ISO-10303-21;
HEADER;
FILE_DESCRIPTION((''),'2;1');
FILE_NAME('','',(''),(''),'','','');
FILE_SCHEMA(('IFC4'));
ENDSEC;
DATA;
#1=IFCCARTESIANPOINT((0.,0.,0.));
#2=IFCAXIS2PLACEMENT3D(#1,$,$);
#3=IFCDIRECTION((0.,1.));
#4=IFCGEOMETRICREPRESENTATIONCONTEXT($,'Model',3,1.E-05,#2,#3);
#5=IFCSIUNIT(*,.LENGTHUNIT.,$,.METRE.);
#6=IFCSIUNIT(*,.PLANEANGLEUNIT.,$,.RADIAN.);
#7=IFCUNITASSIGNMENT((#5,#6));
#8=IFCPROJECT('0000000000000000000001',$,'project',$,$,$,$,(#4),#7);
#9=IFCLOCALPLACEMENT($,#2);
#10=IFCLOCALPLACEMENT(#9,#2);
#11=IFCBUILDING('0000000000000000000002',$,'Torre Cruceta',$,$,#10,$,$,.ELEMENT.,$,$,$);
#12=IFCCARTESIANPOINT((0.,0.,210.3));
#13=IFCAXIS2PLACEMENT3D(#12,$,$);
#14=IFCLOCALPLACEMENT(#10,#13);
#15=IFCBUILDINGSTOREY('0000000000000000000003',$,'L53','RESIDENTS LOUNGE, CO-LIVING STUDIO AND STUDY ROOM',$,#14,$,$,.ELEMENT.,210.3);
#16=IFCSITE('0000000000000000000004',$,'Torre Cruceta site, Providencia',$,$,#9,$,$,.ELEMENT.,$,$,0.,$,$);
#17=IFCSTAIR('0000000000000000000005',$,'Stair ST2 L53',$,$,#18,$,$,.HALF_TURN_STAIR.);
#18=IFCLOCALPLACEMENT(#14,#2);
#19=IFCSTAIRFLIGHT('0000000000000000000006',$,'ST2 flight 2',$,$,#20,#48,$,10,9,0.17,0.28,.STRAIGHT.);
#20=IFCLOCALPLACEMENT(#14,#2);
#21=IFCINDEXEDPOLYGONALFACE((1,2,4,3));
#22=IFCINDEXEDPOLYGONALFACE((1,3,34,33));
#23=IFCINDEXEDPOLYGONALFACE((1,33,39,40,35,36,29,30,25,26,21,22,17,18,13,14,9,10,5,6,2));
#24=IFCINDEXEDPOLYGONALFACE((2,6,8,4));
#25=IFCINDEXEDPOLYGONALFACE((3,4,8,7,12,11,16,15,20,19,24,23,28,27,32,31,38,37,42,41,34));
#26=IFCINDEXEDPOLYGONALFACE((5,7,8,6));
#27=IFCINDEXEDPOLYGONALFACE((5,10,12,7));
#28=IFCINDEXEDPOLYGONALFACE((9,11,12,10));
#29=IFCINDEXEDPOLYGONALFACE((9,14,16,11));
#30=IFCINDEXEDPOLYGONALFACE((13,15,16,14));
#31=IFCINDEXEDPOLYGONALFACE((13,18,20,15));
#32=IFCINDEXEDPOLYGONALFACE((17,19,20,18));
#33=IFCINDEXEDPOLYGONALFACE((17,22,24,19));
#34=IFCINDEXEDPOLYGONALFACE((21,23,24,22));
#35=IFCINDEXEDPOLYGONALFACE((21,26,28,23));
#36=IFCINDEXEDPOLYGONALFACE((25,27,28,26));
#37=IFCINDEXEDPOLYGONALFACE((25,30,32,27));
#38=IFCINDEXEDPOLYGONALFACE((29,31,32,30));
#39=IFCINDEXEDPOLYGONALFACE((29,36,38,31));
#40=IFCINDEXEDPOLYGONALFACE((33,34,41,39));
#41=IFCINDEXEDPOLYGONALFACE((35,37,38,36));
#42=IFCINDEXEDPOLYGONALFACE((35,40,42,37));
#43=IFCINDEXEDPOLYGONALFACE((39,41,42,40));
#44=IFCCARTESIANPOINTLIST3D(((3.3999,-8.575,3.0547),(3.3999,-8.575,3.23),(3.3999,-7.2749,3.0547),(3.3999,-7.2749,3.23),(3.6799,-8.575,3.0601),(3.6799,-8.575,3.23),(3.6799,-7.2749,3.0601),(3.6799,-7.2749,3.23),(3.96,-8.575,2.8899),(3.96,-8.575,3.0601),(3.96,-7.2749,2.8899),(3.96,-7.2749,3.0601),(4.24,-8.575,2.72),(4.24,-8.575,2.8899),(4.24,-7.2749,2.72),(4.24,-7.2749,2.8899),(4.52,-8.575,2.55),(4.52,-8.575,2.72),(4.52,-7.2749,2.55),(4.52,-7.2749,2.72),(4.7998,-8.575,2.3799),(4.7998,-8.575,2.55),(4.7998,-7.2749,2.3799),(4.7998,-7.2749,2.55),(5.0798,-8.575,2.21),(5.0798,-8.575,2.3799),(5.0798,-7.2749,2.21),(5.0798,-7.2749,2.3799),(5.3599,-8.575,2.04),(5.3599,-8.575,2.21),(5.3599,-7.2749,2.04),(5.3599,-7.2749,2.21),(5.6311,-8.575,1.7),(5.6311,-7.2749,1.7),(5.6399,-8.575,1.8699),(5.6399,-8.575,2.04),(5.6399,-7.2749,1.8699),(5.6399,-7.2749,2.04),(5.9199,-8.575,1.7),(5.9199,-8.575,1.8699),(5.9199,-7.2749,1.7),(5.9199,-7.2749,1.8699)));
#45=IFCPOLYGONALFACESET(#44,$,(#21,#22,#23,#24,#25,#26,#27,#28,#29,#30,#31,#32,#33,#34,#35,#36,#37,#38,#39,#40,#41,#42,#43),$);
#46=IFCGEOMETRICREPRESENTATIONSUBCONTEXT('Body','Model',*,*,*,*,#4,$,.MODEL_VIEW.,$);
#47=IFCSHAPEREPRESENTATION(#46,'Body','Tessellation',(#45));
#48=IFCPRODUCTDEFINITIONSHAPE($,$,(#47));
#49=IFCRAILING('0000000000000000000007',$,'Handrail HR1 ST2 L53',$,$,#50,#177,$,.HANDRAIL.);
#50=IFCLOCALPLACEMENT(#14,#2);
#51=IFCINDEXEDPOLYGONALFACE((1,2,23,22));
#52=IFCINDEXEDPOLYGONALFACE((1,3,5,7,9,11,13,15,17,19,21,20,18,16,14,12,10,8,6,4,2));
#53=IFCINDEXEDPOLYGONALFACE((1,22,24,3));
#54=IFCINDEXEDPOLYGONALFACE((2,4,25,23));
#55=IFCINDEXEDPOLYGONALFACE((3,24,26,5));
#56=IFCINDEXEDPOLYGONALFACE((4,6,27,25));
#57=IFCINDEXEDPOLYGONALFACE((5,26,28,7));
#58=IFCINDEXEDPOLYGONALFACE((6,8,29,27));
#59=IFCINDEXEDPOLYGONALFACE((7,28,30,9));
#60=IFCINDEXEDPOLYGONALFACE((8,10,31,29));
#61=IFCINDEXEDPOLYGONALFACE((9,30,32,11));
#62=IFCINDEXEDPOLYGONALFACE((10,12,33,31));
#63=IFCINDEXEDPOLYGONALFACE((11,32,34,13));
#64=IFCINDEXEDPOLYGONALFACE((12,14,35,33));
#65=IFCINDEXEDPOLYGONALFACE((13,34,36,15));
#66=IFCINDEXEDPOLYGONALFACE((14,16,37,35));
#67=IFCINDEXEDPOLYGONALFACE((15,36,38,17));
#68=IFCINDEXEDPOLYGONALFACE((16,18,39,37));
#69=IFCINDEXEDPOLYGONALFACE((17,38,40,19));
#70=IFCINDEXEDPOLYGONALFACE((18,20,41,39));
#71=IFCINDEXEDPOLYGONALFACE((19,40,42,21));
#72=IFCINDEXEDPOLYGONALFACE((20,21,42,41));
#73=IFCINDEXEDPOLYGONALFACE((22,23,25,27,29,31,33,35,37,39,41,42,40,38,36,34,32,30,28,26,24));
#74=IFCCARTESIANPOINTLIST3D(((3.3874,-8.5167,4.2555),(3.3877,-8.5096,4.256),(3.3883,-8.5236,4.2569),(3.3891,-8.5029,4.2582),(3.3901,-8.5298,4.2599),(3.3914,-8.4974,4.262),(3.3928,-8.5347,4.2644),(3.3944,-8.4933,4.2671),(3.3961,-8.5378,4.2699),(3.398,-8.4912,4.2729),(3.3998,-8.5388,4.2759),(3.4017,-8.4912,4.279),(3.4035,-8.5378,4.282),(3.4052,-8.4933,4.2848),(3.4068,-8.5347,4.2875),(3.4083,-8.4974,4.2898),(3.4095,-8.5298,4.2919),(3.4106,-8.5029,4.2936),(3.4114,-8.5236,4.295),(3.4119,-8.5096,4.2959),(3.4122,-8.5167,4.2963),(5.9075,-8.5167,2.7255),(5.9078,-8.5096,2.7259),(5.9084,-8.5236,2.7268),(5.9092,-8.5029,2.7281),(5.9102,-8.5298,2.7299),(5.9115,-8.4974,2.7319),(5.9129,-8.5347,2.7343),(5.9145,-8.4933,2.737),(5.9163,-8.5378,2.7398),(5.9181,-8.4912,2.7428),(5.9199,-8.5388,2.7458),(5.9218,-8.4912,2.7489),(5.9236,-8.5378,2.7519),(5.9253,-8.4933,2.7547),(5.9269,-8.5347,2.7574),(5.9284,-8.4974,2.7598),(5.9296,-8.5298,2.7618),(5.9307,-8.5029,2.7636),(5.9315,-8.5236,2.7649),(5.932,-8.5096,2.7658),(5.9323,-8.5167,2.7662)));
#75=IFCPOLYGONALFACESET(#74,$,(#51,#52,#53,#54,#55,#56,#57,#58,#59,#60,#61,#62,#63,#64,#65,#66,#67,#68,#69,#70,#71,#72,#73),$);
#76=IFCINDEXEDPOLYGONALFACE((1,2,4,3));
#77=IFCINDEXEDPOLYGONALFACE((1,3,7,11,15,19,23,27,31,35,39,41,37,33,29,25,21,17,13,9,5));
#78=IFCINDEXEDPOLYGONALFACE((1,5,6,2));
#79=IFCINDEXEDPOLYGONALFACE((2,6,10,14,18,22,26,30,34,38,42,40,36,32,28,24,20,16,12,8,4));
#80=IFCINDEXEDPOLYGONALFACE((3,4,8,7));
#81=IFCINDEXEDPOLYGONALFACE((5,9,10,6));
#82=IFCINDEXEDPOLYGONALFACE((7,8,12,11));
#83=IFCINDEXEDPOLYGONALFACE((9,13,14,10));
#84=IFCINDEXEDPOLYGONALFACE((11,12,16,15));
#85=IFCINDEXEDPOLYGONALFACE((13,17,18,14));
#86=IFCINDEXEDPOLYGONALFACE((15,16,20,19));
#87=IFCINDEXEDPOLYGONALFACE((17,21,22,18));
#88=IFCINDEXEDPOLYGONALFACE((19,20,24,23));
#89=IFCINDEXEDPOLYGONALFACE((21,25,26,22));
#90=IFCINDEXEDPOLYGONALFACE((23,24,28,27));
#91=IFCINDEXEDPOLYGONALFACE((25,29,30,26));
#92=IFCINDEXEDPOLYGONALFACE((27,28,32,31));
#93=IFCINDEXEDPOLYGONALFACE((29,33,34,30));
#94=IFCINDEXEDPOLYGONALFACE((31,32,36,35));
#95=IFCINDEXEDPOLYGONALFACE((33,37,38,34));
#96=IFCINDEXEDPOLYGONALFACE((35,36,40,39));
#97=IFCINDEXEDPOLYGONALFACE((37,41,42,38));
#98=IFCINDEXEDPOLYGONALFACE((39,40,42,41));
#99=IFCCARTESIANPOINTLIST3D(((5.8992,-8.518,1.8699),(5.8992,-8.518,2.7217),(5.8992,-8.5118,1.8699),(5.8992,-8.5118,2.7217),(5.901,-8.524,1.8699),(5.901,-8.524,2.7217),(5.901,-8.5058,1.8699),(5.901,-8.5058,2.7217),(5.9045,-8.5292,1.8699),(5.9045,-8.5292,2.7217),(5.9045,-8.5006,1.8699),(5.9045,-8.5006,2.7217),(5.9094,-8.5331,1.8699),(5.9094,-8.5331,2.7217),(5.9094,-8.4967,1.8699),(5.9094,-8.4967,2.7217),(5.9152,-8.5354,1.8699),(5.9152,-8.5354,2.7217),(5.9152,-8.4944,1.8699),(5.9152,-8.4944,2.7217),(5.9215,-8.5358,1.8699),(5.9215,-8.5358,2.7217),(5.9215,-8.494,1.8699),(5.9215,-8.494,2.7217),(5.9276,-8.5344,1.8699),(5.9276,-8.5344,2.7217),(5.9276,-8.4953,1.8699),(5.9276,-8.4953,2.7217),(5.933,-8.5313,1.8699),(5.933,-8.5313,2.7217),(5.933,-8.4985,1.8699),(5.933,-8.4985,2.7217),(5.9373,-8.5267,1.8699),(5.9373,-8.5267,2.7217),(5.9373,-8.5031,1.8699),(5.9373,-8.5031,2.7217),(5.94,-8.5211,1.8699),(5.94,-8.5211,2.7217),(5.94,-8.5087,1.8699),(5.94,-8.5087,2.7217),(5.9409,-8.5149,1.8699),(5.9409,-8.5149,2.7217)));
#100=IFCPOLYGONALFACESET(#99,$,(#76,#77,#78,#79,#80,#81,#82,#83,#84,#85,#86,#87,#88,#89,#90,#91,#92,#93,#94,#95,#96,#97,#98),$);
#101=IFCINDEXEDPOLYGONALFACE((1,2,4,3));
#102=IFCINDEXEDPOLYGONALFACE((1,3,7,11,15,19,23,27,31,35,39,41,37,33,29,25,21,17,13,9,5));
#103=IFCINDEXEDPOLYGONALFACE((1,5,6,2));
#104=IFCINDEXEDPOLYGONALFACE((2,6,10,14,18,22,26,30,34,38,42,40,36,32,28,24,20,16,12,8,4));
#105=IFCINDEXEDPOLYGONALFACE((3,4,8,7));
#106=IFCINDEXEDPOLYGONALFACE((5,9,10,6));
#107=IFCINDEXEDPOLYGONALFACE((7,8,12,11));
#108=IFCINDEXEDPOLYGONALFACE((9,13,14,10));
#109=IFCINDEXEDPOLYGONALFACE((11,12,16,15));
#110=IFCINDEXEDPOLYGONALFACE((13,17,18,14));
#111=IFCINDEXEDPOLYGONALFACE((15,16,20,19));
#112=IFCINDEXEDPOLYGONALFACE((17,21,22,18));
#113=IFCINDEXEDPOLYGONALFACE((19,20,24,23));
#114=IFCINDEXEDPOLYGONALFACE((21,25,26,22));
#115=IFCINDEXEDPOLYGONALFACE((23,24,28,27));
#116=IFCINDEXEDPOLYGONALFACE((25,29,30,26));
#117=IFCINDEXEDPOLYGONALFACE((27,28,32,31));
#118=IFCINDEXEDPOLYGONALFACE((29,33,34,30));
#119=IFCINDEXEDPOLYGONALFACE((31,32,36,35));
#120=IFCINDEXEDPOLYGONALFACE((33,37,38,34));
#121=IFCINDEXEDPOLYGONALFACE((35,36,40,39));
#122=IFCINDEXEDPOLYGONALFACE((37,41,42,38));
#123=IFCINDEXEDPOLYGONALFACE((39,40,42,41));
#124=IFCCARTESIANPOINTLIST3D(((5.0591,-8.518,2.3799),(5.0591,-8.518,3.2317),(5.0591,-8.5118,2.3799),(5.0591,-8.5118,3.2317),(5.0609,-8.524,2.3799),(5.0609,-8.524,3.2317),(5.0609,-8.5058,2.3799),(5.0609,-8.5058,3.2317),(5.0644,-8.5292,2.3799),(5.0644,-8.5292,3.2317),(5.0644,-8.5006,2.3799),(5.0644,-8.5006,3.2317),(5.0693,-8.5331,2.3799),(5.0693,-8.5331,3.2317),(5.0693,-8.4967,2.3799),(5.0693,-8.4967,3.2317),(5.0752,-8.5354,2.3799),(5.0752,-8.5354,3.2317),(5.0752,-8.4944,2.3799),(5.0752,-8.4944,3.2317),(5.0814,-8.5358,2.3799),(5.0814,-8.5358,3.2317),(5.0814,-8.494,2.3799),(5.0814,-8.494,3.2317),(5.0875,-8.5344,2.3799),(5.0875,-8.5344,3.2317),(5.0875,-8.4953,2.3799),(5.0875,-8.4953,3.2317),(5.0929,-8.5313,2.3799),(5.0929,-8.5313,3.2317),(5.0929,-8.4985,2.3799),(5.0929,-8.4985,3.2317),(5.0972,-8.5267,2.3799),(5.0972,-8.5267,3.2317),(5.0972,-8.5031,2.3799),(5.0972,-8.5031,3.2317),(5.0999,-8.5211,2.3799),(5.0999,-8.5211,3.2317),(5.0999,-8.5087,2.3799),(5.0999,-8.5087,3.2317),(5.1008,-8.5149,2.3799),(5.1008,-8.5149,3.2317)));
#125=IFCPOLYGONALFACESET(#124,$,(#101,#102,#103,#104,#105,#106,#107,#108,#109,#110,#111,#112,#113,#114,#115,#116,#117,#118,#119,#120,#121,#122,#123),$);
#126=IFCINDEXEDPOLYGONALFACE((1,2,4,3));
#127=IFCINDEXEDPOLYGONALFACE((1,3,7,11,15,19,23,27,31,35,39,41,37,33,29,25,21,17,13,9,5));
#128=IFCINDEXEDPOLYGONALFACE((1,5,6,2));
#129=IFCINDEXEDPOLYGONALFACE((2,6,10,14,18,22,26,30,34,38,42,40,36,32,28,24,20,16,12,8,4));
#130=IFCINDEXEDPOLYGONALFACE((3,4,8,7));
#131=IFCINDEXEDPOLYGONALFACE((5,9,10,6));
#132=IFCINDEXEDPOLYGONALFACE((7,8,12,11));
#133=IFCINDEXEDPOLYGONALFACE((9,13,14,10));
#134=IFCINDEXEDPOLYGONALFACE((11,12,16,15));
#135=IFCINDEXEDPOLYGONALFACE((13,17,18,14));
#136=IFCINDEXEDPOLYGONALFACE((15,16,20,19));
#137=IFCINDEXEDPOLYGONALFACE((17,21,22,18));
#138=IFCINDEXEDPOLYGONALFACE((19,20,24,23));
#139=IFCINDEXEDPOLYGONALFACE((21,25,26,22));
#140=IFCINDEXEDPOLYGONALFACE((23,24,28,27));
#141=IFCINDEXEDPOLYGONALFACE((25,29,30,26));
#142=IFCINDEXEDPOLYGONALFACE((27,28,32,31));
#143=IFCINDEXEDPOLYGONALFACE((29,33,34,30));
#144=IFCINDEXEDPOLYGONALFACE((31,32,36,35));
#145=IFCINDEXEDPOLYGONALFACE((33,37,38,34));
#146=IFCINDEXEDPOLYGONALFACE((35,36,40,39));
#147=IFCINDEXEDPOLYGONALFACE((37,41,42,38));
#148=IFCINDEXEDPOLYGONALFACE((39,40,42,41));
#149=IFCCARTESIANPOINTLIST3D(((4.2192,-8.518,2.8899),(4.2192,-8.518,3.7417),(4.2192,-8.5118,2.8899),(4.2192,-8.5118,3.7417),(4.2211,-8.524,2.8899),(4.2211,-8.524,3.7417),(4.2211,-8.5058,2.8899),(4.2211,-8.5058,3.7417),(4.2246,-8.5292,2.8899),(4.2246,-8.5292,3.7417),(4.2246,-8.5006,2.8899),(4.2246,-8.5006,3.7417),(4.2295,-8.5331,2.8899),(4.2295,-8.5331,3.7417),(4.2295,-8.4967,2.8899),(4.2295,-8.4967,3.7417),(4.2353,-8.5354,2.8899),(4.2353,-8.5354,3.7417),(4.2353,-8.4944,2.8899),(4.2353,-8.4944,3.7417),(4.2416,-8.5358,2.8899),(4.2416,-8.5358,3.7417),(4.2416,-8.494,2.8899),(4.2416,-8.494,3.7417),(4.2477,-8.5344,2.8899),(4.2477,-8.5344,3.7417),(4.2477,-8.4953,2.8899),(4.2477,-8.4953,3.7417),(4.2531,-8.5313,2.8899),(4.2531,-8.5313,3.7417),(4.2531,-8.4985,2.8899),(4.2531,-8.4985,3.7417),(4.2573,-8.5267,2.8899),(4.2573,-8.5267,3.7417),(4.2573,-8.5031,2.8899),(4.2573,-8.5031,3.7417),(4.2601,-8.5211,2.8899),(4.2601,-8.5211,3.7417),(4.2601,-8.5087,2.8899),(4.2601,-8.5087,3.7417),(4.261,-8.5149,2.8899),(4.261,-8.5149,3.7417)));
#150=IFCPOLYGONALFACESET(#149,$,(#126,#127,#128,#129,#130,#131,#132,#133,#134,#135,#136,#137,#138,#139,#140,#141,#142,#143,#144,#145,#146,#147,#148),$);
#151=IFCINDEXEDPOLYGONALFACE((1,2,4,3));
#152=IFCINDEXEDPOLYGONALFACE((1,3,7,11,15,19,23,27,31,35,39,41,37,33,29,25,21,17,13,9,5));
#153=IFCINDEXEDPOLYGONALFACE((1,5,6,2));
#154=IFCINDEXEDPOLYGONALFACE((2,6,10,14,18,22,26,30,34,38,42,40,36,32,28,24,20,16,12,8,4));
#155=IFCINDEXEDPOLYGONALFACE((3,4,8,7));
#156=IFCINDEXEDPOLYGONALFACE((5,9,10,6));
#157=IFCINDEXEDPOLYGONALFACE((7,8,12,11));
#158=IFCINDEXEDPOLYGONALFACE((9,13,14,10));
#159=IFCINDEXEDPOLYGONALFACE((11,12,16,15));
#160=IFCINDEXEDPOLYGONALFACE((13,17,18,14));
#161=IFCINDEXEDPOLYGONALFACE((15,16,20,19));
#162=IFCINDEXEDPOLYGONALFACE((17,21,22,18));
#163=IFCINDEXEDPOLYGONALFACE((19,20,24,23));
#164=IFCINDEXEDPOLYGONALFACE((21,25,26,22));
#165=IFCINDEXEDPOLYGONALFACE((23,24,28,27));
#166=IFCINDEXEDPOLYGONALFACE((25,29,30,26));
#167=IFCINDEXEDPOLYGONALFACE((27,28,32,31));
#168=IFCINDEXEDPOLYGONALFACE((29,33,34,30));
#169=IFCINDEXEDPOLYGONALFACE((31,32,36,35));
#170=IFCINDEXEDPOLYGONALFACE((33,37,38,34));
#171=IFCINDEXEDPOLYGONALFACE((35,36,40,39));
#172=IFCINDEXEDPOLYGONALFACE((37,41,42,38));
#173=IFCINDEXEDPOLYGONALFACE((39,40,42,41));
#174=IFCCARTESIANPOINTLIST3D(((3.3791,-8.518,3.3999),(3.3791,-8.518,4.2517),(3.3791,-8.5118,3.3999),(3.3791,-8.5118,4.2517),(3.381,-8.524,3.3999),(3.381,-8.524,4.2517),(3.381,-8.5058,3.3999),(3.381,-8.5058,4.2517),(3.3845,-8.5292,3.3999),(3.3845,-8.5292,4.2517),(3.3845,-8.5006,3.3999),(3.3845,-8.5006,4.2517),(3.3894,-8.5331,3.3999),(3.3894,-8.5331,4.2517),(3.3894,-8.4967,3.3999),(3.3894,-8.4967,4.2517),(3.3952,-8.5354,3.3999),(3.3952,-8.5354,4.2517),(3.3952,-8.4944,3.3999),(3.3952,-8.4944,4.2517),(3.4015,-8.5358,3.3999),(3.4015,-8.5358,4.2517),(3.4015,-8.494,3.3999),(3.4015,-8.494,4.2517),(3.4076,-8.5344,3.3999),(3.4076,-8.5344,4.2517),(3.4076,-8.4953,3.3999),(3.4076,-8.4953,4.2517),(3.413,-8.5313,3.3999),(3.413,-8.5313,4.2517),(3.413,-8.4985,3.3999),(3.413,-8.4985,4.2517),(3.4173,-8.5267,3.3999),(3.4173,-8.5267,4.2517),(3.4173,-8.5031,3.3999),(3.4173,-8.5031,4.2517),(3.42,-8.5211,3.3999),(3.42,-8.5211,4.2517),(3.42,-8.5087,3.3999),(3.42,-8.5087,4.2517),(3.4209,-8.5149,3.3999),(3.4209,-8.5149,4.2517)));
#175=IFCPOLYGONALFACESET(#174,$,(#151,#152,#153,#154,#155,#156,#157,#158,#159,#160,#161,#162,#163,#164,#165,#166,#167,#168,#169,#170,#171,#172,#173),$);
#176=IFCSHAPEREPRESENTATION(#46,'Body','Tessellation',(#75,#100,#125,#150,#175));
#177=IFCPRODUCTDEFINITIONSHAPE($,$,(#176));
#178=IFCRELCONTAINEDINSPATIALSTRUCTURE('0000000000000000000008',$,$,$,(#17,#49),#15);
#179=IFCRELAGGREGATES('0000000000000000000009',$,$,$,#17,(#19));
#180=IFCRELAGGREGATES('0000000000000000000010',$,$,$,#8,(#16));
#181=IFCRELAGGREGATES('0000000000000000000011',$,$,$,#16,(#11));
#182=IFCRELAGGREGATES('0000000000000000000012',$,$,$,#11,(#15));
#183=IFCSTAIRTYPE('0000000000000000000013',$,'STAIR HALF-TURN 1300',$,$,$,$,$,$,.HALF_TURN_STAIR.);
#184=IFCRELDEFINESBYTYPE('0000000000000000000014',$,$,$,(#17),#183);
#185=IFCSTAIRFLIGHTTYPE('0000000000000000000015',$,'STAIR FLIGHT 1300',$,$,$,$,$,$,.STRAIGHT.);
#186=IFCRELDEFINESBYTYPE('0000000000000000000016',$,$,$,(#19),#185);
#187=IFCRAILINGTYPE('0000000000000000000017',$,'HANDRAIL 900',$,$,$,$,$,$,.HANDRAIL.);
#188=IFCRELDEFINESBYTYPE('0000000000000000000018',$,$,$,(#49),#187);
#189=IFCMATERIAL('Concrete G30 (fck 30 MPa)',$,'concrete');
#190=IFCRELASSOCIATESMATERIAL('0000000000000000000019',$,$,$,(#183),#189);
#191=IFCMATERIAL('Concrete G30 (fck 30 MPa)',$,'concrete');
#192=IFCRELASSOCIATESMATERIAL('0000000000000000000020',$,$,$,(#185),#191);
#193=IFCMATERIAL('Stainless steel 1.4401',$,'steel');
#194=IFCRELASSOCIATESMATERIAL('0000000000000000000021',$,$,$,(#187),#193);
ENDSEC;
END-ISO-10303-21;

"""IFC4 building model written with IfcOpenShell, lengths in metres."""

from ifc_helpers import new_model, si_unit, direction, frame, origin, origin_2d, place, context, subcontext, project, spatial, polyline, circle, outline, extrude, material, type_object, element, aggregate, save


model = new_model("IFC4")

# Units and contexts
model_context = context("Model", 3, precision=1e-05, world=origin(), true_north=direction((0.0, 1.0)))
body_context = subcontext(model_context, "Body", "Model", "MODEL_VIEW")
ifc_project = project(units=[si_unit("LENGTHUNIT", "METRE"), si_unit("PLANEANGLEUNIT", "RADIAN")], contexts=[model_context])

# Site, building, storey
site_placement = place(None, origin())
site = spatial("IfcSite", under=ifc_project, at=site_placement, Name="Torre Cruceta site, Providencia", CompositionType="ELEMENT", RefElevation=0.0)
building_placement = place(site_placement, origin())
building = spatial("IfcBuilding", under=site, at=building_placement, Name="Torre Cruceta", CompositionType="ELEMENT")
storey_placement = place(building_placement, frame((0.0, 0.0, 210.3)))
storey = spatial("IfcBuildingStorey", under=building, at=storey_placement, Name="L53", Description="RESIDENTS LOUNGE, CO-LIVING STUDIO AND STUDY ROOM", CompositionType="ELEMENT", Elevation=210.3)

# Stair, stair flight
ifc_material_1 = material(Name="Concrete G30 (fck 30 MPa)", Category="concrete")
stair_type = type_object("IfcStairType", Name="STAIR HALF-TURN 1300", PredefinedType="HALF_TURN_STAIR", material=ifc_material_1)
stair_placement = place(storey_placement, origin())
stair = element("IfcStair", 1, at=stair_placement, inside=storey, type_object=stair_type, Name="Stair ST2 L53", PredefinedType="HALF_TURN_STAIR")
ifc_material_2 = material(Name="Concrete G30 (fck 30 MPa)", Category="concrete")
stair_flight_type = type_object("IfcStairFlightType", Name="STAIR FLIGHT 1300", PredefinedType="STRAIGHT", material=ifc_material_2)
stair_flight_1_placement = place(storey_placement, frame((5.9199, -7.925, 1.7), z_axis=(0.0, 0.0, 1.0), x_axis=(-1.0, 0.0, 0.0)))
stair_flight_1 = element("IfcStairFlight", 2, at=stair_flight_1_placement, type_object=stair_flight_type, Name="ST2 flight 2", NumberOfRisers=10, NumberOfTreads=9, PredefinedType="STRAIGHT", RiserHeight=0.17, TreadLength=0.28, context=body_context, shape_type="SweptSolid", body=[
    extrude(outline(polyline([(0.0, 0.0), (0.0, 0.1699), (0.28, 0.1699), (0.28, 0.3401), (0.5601, 0.3401), (0.5601, 0.51), (0.8401, 0.51), (0.8401, 0.6799), (1.1201, 0.6799), (1.1201, 0.8501), (1.3999, 0.8501), (1.3999, 1.02), (1.6799, 1.02), (1.6799, 1.1899), (1.96, 1.1899), (1.96, 1.3601), (2.24, 1.3601), (2.24, 1.53), (2.52, 1.53), (2.52, 1.7), (2.52, 1.3547), (0.2888, 0.0), (0.0, 0.0)])), frame((0.0, 0.6499, 0.0), z_axis=(0.0, -1.0, 0.0), x_axis=(1.0, 0.0, 0.0)), (0.0, 0.0, 1.0), 1.3),
])
aggregate(stair, [stair_flight_1])

# Railing
ifc_material_3 = material(Name="Stainless steel 1.4401", Category="steel")
railing_type = type_object("IfcRailingType", Name="HANDRAIL 900", PredefinedType="HANDRAIL", material=ifc_material_3)
railing_1_placement = place(storey_placement, frame((5.9199, -8.5149, 1.8699)))
element("IfcRailing", 3, at=railing_1_placement, inside=storey, type_object=railing_type, Name="Handrail HR1 ST2 L53", PredefinedType="HANDRAIL", context=body_context, shape_type="SweptSolid", body=[
    extrude(circle(Radius=0.0239, at=origin_2d()), frame((0.0, 0.0, 0.876), z_axis=(-0.854785, 0.0, 0.518982), x_axis=(0.0, -1.0, 0.0)), (0.0, 0.0, 1.0), 2.9482),
    extrude(circle(Radius=0.021, at=origin_2d()), origin(), (0.0, 0.0, 1.0), 0.8518),
    extrude(circle(Radius=0.021, at=origin_2d()), frame((-0.8401, 0.0, 0.51)), (0.0, 0.0, 1.0), 0.8518),
    extrude(circle(Radius=0.021, at=origin_2d()), frame((-1.6799, 0.0, 1.02)), (0.0, 0.0, 1.0), 0.8518),
    extrude(circle(Radius=0.021, at=origin_2d()), frame((-2.52, 0.0, 1.53)), (0.0, 0.0, 1.0), 0.8518),
])

save(model, "model.ifc")
